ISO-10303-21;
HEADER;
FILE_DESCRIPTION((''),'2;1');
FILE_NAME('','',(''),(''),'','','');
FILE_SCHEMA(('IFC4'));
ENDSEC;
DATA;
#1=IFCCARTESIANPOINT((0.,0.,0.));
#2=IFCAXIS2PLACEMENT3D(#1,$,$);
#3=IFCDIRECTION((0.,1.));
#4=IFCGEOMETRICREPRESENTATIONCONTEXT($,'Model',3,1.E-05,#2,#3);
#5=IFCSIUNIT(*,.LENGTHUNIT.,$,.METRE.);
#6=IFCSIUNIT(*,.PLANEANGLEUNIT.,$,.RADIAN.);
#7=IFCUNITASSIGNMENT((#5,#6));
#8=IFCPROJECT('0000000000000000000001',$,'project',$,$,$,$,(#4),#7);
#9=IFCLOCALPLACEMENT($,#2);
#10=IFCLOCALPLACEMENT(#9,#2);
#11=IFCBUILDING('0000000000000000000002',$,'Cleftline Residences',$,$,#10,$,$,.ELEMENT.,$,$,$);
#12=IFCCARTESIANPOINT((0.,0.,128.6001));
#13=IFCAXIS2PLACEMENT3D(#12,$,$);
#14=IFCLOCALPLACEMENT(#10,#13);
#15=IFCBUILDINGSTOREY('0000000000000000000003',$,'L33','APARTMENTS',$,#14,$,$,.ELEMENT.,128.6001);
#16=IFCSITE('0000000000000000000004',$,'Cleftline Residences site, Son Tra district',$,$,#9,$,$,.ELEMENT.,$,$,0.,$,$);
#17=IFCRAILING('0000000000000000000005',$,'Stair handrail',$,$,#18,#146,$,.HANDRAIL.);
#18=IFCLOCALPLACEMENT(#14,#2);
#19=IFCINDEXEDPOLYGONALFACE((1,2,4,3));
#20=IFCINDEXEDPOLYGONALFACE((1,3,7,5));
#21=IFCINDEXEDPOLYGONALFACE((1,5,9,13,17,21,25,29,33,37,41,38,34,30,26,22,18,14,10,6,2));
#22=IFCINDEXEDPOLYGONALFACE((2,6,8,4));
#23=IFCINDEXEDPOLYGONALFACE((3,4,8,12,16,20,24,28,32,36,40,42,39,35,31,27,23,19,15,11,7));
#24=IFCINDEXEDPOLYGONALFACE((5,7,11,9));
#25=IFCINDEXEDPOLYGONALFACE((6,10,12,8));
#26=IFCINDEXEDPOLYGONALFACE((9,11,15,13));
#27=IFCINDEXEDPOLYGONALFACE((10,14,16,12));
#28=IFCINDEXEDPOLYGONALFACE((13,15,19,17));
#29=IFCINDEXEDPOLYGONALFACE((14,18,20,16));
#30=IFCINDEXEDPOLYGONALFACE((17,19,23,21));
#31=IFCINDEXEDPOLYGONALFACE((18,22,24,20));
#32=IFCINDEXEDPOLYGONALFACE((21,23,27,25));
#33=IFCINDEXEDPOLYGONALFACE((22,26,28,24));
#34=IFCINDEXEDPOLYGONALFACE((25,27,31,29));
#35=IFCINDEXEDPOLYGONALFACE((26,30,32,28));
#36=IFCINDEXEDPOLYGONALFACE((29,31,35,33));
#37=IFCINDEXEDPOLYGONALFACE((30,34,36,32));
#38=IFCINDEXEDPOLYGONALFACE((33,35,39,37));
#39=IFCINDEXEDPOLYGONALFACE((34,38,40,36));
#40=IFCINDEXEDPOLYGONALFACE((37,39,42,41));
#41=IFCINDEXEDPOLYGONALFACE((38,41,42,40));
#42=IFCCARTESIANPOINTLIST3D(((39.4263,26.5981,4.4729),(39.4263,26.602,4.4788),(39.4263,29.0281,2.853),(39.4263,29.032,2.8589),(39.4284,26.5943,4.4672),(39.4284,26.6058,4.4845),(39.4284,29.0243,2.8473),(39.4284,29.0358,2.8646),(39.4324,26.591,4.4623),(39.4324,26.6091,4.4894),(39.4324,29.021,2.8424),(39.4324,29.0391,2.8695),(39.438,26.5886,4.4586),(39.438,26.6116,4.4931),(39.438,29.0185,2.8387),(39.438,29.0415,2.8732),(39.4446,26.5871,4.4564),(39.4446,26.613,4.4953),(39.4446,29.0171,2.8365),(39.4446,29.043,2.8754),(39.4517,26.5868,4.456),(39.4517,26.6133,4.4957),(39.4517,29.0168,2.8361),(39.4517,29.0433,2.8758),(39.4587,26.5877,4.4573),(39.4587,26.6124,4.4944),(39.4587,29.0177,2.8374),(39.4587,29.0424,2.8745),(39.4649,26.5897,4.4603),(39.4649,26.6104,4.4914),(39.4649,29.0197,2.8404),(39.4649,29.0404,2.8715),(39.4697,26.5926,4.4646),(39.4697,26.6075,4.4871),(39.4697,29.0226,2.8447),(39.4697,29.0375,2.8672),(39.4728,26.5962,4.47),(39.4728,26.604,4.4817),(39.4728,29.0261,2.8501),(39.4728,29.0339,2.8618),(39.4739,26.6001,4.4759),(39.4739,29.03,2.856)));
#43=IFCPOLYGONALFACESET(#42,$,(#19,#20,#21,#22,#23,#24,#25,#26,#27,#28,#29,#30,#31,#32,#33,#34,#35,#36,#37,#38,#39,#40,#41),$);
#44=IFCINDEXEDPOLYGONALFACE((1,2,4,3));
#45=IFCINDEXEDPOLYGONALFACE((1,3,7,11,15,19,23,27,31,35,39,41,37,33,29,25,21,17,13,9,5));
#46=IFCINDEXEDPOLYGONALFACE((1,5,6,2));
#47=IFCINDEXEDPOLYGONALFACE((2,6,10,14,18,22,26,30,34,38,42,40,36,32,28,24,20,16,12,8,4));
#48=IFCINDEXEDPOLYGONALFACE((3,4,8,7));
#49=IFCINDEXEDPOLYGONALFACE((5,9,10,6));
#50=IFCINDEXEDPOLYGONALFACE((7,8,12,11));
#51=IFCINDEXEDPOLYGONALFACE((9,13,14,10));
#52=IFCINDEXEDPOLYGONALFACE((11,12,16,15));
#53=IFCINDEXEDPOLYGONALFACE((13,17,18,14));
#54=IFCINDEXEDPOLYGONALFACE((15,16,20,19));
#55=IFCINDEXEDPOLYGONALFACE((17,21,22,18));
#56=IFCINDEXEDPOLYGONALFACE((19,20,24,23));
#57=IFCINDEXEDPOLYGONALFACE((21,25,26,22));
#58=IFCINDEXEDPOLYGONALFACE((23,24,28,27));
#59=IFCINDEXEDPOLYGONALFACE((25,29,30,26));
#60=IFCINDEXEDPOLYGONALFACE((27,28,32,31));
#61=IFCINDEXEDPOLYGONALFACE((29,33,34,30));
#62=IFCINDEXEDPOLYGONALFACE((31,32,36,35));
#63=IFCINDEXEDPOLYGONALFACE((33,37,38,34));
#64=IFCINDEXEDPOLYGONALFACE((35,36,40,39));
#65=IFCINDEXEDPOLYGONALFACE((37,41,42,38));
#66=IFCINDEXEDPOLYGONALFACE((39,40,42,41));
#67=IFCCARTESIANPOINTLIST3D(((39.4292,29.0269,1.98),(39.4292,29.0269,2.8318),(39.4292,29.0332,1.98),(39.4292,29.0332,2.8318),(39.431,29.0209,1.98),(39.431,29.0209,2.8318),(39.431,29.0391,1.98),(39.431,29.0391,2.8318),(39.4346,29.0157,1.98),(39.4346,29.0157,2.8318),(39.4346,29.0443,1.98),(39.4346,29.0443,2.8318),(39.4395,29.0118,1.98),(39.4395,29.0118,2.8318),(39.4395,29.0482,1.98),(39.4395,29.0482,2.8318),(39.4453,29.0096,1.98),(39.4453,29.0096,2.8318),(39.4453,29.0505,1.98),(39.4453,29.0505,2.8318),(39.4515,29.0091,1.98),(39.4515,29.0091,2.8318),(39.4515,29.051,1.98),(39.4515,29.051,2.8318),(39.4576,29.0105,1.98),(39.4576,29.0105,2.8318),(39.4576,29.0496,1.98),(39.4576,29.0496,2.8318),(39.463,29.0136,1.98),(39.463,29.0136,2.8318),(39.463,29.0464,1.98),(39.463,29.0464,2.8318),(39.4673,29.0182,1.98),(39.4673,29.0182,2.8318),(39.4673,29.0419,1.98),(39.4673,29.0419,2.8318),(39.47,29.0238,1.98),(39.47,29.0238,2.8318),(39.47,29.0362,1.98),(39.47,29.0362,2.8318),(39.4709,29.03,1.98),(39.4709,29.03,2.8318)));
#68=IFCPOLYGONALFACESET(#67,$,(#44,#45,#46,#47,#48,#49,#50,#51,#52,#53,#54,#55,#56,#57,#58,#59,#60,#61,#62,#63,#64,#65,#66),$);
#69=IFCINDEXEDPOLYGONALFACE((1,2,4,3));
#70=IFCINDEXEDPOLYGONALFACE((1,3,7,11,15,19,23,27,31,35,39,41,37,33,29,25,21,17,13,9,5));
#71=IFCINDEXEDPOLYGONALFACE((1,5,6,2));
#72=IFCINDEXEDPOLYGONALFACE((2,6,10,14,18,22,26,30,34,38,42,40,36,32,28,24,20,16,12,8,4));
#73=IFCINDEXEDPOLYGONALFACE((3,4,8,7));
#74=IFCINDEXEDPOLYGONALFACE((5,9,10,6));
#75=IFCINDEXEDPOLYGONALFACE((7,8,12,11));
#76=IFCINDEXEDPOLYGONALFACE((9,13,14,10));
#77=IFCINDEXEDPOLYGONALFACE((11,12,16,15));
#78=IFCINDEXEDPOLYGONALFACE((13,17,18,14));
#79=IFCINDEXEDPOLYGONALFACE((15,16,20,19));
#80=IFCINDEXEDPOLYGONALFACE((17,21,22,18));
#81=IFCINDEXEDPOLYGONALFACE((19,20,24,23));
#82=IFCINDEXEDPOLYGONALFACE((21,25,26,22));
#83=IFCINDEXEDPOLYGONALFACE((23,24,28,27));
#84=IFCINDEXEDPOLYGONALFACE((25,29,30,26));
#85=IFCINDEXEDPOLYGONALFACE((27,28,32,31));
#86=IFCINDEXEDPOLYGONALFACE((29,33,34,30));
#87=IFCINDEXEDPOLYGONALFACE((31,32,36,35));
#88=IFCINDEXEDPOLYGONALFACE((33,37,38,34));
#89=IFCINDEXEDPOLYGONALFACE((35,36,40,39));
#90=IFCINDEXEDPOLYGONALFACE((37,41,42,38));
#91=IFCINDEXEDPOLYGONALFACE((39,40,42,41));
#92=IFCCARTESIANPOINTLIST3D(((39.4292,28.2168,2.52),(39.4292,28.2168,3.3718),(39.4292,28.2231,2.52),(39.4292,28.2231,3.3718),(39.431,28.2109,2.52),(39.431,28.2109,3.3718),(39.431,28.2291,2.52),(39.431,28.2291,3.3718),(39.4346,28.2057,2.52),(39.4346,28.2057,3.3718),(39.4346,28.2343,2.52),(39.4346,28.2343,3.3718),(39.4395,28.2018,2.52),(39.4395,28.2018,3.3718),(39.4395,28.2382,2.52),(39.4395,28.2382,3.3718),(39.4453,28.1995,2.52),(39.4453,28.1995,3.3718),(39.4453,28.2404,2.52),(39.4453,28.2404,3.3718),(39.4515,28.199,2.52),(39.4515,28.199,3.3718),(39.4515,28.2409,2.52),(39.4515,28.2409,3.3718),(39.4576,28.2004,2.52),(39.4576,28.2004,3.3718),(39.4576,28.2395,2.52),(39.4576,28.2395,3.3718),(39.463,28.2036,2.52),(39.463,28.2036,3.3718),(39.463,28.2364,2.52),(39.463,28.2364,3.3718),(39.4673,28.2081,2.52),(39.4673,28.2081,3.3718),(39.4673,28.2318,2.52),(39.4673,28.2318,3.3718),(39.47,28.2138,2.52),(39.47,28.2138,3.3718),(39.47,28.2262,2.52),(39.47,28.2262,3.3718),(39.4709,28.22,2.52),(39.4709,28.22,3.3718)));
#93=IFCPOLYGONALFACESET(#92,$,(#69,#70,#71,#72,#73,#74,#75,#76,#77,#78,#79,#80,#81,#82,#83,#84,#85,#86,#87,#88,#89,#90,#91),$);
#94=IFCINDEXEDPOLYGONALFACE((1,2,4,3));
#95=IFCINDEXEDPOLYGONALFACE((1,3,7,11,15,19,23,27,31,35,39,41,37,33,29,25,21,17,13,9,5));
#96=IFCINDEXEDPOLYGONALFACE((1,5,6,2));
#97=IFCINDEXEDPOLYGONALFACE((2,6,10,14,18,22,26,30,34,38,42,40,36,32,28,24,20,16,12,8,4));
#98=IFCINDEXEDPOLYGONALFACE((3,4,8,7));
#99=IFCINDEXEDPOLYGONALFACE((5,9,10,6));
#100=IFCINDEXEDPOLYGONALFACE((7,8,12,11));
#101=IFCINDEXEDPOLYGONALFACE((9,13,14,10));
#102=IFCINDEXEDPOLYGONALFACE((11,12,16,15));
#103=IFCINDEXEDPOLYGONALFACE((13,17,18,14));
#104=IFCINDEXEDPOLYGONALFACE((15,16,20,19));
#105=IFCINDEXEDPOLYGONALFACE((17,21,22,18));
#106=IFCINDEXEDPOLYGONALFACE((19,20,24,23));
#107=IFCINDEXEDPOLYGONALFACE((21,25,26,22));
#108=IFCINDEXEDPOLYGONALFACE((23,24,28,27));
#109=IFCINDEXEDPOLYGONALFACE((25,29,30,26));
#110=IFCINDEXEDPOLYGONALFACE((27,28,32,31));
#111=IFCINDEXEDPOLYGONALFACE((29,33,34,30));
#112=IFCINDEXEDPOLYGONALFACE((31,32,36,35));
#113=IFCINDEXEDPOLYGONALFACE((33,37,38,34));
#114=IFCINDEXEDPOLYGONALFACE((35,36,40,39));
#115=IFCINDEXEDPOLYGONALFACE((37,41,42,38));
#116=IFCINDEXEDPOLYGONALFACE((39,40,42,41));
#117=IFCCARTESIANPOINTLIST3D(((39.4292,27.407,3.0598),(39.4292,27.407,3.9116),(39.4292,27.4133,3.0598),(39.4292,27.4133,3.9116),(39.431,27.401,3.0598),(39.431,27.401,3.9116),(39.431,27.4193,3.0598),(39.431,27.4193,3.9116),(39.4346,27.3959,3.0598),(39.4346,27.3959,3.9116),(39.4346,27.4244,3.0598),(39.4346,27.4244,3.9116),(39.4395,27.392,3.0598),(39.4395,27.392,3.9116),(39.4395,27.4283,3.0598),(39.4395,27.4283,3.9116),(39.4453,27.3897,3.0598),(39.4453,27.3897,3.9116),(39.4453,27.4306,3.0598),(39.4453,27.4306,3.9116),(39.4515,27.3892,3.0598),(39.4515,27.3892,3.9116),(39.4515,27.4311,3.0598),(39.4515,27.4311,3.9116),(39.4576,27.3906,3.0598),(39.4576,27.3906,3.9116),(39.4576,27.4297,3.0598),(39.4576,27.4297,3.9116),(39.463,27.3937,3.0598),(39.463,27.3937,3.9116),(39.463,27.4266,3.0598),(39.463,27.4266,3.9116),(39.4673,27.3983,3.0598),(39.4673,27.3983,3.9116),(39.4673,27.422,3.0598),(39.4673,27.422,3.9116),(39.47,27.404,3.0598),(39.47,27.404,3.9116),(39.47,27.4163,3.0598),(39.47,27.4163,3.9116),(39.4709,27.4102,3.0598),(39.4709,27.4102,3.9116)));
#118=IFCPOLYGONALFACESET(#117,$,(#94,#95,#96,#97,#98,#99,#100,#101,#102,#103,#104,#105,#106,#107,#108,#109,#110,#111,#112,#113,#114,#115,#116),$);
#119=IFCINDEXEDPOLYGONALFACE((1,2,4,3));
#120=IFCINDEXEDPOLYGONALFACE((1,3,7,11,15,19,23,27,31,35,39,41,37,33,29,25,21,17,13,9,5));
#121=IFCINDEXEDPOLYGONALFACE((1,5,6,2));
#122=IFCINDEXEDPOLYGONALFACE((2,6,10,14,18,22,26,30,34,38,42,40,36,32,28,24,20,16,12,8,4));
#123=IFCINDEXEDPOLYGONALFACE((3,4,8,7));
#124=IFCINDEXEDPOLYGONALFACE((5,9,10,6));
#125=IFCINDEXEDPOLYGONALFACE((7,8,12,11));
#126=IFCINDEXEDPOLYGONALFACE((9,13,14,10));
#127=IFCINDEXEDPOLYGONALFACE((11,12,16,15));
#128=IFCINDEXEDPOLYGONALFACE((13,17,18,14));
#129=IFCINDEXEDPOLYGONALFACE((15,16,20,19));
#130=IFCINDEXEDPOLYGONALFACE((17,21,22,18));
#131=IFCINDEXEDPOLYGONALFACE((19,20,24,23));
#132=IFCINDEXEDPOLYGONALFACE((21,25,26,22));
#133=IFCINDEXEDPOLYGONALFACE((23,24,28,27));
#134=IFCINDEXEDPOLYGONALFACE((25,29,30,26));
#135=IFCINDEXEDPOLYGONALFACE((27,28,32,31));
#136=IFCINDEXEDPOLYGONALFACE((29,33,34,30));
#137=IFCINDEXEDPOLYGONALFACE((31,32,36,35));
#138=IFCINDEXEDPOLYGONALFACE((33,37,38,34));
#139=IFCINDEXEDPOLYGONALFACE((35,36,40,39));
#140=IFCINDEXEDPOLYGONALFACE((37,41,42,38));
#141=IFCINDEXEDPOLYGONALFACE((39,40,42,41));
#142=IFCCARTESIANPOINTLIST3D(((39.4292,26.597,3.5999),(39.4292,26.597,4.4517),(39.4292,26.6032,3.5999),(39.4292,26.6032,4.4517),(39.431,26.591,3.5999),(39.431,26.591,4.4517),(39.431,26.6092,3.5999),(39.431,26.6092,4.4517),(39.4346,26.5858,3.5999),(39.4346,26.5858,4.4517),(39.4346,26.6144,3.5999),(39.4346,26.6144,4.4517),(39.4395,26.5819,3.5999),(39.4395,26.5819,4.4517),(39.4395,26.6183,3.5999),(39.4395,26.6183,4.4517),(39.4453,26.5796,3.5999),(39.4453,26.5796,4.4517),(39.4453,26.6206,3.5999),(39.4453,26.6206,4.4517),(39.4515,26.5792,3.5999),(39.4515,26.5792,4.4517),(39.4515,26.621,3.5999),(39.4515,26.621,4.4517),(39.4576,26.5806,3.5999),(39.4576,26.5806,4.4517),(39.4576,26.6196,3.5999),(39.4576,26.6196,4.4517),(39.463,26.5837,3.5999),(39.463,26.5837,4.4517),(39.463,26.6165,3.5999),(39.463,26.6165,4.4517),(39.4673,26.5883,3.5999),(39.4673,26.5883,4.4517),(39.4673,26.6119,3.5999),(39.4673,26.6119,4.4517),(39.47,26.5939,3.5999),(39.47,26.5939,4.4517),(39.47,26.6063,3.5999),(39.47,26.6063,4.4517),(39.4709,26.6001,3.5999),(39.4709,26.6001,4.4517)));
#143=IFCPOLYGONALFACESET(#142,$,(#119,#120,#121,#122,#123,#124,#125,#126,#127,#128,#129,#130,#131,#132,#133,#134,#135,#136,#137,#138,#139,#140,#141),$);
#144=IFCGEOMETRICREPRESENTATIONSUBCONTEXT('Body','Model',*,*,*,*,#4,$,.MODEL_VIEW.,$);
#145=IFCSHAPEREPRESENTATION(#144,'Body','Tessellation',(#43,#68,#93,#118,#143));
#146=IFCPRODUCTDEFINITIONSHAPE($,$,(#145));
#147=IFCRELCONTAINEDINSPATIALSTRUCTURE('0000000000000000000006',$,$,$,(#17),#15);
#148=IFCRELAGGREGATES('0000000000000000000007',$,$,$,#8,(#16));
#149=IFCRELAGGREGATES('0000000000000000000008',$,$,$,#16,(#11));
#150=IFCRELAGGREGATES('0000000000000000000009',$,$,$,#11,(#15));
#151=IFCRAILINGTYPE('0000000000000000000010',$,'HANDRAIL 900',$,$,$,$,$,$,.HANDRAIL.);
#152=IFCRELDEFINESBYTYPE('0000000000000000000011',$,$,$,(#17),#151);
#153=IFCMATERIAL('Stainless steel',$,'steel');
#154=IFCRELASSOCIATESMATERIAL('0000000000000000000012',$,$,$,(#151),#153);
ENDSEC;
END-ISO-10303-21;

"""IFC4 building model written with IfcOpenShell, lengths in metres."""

from ifc_helpers import new_model, si_unit, direction, frame, origin, origin_2d, place, context, subcontext, project, spatial, circle, extrude, material, type_object, element, save


model = new_model("IFC4")

# Units and contexts
model_context = context("Model", 3, precision=1e-05, world=origin(), true_north=direction((0.0, 1.0)))
body_context = subcontext(model_context, "Body", "Model", "MODEL_VIEW")
ifc_project = project(units=[si_unit("LENGTHUNIT", "METRE"), si_unit("PLANEANGLEUNIT", "RADIAN")], contexts=[model_context])

# Site, building, storey
site_placement = place(None, origin())
site = spatial("IfcSite", under=ifc_project, at=site_placement, Name="Cleftline Residences site, Son Tra district", CompositionType="ELEMENT", RefElevation=0.0)
building_placement = place(site_placement, origin())
building = spatial("IfcBuilding", under=site, at=building_placement, Name="Cleftline Residences", CompositionType="ELEMENT")
storey_placement = place(building_placement, frame((0.0, 0.0, 128.6001)))
storey = spatial("IfcBuildingStorey", under=building, at=storey_placement, Name="L33", Description="APARTMENTS", CompositionType="ELEMENT", Elevation=128.6001)

# Railing
ifc_material_1 = material(Name="Stainless steel", Category="steel")
railing_type = type_object("IfcRailingType", Name="HANDRAIL 900", PredefinedType="HANDRAIL", material=ifc_material_1)
railing_1_placement = place(storey_placement, frame((39.45, 29.03, 1.98)))
element("IfcRailing", 1, at=railing_1_placement, inside=storey, type_object=railing_type, Name="Stair handrail", PredefinedType="HANDRAIL", context=body_context, shape_type="SweptSolid", body=[
    extrude(circle(Radius=0.0239, at=origin_2d()), frame((0.0, 0.0, 0.876), z_axis=(0.0, -0.832063, 0.554681), x_axis=(1.0, 0.0, 0.0)), (0.0, 0.0, 1.0), 2.9204),
    extrude(circle(Radius=0.021, at=origin_2d()), origin(), (0.0, 0.0, 1.0), 0.8518),
    extrude(circle(Radius=0.021, at=origin_2d()), frame((0.0, -0.8101, 0.54)), (0.0, 0.0, 1.0), 0.8518),
    extrude(circle(Radius=0.021, at=origin_2d()), frame((0.0, -1.6199, 1.0798)), (0.0, 0.0, 1.0), 0.8518),
    extrude(circle(Radius=0.021, at=origin_2d()), frame((0.0, -2.4299, 1.6199)), (0.0, 0.0, 1.0), 0.8518),
])

save(model, "model.ifc")
